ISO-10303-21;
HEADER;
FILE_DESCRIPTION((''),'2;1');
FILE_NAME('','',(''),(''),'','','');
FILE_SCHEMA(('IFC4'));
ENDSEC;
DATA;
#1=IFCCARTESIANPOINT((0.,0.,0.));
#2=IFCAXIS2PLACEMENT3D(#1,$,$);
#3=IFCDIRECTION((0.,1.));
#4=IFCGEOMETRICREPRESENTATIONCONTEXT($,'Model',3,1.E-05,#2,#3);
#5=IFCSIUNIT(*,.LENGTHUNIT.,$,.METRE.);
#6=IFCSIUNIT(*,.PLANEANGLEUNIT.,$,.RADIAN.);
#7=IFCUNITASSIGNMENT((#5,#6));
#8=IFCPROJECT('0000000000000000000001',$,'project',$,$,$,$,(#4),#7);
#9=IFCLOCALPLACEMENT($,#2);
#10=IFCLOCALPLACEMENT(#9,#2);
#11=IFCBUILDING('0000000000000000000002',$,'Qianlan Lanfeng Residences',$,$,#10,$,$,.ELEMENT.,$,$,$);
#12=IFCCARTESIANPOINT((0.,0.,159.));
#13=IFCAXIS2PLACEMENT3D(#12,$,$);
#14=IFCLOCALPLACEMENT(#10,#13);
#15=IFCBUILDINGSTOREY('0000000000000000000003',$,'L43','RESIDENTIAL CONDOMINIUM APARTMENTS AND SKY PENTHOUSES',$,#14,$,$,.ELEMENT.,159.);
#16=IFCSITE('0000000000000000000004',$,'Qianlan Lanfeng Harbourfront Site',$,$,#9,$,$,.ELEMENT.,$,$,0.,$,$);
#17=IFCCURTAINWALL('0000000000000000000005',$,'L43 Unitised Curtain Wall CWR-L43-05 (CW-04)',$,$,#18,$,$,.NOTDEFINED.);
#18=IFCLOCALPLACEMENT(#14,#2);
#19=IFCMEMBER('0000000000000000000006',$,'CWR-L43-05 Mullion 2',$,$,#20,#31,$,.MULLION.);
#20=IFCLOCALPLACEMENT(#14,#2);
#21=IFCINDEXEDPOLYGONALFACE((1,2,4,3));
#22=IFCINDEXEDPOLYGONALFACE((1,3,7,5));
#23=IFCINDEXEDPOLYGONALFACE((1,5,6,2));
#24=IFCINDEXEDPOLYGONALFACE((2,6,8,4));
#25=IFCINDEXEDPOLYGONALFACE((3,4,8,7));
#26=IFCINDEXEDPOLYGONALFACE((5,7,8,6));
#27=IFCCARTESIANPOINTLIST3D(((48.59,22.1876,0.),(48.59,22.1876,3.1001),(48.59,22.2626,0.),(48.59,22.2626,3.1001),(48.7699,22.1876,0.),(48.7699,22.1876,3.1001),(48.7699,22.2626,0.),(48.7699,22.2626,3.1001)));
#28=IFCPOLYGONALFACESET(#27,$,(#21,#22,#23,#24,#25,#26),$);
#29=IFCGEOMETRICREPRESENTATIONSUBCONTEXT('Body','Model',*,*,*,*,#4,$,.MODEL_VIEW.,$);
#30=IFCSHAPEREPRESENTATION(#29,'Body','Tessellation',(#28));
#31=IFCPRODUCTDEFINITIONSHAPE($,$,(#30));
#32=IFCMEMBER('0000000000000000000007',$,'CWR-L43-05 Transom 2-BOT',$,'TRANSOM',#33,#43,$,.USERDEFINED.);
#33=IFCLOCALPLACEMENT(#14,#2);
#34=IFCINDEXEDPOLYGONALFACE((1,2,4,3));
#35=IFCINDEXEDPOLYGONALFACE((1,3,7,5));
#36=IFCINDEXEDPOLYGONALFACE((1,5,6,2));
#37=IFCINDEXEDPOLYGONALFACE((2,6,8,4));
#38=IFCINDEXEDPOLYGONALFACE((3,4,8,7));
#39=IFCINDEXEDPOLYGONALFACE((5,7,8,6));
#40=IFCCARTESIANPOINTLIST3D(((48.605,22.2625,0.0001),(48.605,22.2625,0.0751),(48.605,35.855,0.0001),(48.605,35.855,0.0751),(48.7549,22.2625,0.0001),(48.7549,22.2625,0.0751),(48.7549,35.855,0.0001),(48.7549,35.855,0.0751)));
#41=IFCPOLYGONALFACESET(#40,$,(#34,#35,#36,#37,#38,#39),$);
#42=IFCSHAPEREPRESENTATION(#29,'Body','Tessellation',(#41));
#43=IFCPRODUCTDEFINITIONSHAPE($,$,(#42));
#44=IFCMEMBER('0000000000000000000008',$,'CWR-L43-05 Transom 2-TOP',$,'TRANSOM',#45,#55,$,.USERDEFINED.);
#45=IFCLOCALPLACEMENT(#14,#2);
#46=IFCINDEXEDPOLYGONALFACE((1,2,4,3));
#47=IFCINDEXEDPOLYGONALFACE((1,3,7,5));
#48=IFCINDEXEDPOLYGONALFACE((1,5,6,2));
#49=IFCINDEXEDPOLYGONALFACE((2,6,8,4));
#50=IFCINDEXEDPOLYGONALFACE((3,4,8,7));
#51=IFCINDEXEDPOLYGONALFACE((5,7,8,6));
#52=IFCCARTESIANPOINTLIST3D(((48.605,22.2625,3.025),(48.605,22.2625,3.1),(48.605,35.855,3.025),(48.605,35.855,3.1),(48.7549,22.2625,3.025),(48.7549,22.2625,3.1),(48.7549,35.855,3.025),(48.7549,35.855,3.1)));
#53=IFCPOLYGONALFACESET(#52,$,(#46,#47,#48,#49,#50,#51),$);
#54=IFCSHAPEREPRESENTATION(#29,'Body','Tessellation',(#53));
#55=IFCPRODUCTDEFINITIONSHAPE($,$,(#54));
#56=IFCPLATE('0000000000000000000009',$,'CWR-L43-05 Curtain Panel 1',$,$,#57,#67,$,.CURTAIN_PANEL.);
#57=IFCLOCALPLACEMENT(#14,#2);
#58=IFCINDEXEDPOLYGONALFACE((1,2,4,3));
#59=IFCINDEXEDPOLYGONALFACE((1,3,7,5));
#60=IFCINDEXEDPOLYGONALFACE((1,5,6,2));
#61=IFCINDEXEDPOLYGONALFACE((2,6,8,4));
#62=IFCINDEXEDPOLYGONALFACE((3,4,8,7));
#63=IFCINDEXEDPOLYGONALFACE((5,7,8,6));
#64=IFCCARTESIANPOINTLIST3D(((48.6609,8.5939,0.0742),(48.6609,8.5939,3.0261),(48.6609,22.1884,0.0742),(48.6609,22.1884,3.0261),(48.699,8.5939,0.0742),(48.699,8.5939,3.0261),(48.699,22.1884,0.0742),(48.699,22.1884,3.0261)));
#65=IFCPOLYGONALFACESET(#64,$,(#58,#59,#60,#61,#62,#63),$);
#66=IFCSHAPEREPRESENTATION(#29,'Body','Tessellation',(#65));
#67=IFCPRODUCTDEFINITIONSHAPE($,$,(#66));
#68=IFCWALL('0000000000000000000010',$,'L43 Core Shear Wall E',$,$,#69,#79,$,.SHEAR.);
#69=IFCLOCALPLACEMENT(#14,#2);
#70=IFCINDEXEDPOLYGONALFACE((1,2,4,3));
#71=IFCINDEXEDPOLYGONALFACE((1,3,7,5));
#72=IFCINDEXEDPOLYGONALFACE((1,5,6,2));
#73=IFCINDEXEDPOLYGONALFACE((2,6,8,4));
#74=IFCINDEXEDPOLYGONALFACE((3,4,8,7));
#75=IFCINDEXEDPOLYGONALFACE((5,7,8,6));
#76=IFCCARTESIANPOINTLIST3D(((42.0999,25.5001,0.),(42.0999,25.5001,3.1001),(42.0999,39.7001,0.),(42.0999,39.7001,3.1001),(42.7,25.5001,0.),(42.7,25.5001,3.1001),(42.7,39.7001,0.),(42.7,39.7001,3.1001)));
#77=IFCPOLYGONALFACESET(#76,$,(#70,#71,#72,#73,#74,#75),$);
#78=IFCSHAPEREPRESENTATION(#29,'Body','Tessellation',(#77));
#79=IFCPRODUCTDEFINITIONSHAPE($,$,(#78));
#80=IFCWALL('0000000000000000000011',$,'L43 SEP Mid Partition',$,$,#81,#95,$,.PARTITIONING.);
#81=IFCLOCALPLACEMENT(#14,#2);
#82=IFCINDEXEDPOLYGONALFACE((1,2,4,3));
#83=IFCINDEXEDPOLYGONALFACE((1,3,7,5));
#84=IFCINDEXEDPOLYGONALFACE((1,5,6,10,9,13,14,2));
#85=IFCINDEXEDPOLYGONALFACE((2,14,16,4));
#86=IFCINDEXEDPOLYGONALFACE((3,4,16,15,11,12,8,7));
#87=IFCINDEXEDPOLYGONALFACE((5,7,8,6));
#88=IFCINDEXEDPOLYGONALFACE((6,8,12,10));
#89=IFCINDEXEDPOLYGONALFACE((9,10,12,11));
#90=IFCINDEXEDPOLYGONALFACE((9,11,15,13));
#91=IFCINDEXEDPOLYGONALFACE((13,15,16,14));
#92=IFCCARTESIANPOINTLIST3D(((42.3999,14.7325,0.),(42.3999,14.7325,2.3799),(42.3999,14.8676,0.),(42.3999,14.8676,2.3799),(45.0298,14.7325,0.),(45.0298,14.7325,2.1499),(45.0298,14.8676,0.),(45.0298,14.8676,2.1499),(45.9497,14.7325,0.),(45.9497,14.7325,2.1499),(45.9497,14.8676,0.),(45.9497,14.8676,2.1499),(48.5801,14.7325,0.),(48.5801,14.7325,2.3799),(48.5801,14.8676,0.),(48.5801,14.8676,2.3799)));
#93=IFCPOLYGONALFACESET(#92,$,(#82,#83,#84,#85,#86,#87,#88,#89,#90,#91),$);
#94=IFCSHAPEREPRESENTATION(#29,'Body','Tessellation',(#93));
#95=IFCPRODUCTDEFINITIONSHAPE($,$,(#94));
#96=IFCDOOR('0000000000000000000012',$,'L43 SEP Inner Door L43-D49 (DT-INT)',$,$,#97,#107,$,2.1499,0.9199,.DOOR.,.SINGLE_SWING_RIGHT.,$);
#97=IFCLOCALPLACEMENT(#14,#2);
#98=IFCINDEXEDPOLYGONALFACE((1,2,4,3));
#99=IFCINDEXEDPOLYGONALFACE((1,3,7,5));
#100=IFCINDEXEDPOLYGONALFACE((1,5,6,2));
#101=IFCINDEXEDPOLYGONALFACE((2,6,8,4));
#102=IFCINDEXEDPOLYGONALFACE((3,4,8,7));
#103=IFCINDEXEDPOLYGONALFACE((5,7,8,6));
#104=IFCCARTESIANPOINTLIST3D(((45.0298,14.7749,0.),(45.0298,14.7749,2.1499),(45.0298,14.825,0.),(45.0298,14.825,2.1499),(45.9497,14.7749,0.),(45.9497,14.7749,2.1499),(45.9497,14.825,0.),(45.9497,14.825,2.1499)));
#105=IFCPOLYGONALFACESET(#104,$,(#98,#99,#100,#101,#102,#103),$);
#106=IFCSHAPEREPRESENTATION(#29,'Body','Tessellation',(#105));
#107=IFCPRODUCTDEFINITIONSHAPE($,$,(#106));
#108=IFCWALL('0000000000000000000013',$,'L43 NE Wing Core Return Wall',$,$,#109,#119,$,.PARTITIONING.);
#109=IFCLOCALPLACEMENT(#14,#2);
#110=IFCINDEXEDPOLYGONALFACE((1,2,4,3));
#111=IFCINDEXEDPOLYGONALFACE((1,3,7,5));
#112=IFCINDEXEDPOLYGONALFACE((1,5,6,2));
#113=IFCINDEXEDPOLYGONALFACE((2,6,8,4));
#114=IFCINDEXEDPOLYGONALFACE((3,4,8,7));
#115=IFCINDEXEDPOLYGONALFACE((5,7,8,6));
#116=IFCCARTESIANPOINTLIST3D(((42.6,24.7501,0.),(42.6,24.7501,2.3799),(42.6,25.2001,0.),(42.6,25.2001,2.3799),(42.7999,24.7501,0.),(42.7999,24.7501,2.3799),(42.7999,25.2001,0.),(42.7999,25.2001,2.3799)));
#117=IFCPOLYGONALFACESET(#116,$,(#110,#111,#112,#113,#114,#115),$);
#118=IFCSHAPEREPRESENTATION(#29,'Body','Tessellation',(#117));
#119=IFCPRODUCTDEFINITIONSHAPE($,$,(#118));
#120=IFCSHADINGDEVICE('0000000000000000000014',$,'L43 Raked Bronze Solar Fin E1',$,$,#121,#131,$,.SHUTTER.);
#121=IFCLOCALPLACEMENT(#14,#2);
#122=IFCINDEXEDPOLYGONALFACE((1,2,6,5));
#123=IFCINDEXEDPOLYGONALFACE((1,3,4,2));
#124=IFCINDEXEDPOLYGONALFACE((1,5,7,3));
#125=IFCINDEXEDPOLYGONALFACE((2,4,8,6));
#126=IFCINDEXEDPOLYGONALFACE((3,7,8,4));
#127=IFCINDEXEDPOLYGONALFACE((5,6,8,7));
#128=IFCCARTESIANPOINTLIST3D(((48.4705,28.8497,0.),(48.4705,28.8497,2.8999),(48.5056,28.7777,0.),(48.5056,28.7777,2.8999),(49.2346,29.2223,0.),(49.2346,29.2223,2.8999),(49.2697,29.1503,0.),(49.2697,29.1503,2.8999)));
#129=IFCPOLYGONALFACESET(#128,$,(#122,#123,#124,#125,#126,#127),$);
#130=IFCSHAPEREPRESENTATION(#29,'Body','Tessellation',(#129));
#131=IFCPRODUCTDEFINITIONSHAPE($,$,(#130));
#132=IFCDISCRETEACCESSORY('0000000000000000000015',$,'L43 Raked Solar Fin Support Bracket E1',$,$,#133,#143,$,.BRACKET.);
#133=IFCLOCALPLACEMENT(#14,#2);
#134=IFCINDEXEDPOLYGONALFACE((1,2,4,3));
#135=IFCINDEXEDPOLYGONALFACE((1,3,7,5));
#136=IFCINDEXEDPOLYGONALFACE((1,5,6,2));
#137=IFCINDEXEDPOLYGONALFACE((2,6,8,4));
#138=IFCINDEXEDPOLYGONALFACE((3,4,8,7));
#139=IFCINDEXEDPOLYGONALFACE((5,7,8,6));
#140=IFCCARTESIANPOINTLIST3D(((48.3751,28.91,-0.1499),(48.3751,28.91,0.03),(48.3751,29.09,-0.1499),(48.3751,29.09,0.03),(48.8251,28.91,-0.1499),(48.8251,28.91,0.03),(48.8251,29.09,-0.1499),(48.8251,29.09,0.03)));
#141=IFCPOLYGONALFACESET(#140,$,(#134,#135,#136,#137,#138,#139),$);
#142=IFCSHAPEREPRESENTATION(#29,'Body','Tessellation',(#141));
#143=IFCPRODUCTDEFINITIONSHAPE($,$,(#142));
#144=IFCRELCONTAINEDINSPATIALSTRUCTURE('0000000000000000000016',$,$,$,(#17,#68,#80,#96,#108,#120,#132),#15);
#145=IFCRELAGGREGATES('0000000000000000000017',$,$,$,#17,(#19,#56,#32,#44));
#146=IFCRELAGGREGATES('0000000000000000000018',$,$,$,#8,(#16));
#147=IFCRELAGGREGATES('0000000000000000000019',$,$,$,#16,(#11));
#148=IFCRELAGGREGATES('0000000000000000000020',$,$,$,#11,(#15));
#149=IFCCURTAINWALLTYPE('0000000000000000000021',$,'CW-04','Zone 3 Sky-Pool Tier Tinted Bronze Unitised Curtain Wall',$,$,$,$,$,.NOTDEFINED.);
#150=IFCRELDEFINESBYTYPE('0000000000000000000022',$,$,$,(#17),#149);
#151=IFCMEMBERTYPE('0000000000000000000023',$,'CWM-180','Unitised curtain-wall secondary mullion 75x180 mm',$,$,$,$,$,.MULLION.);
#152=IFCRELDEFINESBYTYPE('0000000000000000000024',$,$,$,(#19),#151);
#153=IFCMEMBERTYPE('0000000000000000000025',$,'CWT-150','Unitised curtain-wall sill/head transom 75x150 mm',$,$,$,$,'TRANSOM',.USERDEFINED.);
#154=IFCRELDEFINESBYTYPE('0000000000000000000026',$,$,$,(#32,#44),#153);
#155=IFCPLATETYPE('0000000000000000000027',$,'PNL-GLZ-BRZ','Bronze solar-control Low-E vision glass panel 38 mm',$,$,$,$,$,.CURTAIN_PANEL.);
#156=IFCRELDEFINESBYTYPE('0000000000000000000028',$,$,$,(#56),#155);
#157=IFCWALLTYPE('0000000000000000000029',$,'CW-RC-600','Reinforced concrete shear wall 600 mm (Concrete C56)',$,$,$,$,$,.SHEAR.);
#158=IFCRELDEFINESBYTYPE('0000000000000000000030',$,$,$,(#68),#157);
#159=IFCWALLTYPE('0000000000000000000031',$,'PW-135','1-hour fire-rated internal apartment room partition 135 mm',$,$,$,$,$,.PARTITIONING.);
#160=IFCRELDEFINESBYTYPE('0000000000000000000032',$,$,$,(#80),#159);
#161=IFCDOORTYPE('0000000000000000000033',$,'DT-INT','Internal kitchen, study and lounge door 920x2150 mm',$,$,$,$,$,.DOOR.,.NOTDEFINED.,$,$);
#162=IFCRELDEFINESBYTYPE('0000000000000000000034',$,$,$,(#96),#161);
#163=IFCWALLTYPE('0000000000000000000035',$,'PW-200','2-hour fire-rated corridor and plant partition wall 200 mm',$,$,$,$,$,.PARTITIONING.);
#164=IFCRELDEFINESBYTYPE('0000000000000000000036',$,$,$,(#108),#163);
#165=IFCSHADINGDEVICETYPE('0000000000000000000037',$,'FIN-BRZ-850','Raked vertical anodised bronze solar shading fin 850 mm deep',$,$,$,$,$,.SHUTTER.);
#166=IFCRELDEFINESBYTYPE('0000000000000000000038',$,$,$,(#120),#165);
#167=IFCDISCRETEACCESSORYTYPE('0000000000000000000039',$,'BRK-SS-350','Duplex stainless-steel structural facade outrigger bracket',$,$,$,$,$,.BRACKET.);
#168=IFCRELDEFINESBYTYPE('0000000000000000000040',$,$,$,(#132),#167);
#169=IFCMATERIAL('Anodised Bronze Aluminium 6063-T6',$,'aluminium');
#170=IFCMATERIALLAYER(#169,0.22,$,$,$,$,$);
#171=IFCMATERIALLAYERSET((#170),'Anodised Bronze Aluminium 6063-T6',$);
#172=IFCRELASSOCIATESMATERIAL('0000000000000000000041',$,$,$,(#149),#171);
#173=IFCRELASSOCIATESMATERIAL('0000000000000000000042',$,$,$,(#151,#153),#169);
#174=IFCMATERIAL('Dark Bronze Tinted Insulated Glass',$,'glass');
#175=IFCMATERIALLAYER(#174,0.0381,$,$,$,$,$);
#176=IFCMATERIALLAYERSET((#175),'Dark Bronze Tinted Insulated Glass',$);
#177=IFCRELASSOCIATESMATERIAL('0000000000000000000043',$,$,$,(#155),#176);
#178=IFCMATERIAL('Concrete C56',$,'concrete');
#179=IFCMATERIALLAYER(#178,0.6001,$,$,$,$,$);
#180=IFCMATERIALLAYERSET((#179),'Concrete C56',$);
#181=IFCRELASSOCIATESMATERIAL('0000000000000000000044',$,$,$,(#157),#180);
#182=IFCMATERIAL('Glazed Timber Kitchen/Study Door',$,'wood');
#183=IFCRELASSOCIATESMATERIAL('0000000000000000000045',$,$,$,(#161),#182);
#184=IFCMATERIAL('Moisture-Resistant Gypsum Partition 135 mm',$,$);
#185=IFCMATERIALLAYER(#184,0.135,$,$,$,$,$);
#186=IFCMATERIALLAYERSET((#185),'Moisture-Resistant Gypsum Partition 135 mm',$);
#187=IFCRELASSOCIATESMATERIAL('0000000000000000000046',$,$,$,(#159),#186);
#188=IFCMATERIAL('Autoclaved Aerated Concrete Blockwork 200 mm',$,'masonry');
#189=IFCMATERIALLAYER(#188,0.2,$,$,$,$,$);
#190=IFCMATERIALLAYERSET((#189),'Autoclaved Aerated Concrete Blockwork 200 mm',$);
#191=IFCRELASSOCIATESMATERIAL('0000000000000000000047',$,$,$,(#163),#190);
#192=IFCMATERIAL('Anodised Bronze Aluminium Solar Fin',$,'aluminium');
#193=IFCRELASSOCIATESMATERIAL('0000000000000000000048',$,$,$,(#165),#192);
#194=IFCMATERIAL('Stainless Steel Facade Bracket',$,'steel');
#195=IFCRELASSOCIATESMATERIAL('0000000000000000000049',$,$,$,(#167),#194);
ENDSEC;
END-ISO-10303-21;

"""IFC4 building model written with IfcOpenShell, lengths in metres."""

from ifc_helpers import new_model, si_unit, direction, frame, frame_2d, origin, origin_2d, place, context, subcontext, project, spatial, rectangle, extrude, source, transform, mapped, material, layer, layer_set, material_profile, profile_set, type_object, element, fill, aggregate, save


model = new_model("IFC4")

# Units and contexts
model_context = context("Model", 3, precision=1e-05, world=origin(), true_north=direction((0.0, 1.0)))
body_context = subcontext(model_context, "Body", "Model", "MODEL_VIEW")
ifc_project = project(units=[si_unit("LENGTHUNIT", "METRE"), si_unit("PLANEANGLEUNIT", "RADIAN")], contexts=[model_context])

# Site, building, storey
site_placement = place(None, origin())
site = spatial("IfcSite", under=ifc_project, at=site_placement, Name="Qianlan Lanfeng Harbourfront Site", CompositionType="ELEMENT", RefElevation=0.0)
building_placement = place(site_placement, origin())
building = spatial("IfcBuilding", under=site, at=building_placement, Name="Qianlan Lanfeng Residences", CompositionType="ELEMENT")
storey_placement = place(building_placement, frame((0.0, 0.0, 159.0)))
storey = spatial("IfcBuildingStorey", under=building, at=storey_placement, Name="L43", Description="RESIDENTIAL CONDOMINIUM APARTMENTS AND SKY PENTHOUSES", CompositionType="ELEMENT", Elevation=159.0)

# Curtain wall, members, plate
ifc_material_1 = material(Name="Anodised Bronze Aluminium 6063-T6", Category="aluminium")
ifc_layer_1 = layer(ifc_material_1, 0.22)
ifc_layer_set_1 = layer_set([ifc_layer_1], Name="Anodised Bronze Aluminium 6063-T6")
curtain_wall_type = type_object("IfcCurtainWallType", Name="CW-04", Description="Zone 3 Sky-Pool Tier Tinted Bronze Unitised Curtain Wall", PredefinedType="NOTDEFINED", material=ifc_layer_set_1)
curtain_wall_placement = place(storey_placement, origin())
curtain_wall = element("IfcCurtainWall", 1, at=curtain_wall_placement, inside=storey, type_object=curtain_wall_type, Name="L43 Unitised Curtain Wall CWR-L43-05 (CW-04)", PredefinedType="NOTDEFINED")
ifc_material_profile_1 = material_profile(ifc_material_1, rectangle(XDim=0.075, YDim=0.1799, at=origin_2d()), Name="ALU MULLION 75x180")
ifc_profile_set_1 = profile_set([ifc_material_profile_1], Name="Anodised Bronze Aluminium 6063-T6")
member_type_1 = type_object("IfcMemberType", Name="CWM-180", Description="Unitised curtain-wall secondary mullion 75x180 mm", PredefinedType="MULLION", material=ifc_profile_set_1)
shared_shape_1 = source(origin(), body_context, "Body", "SweptSolid", [
    extrude(rectangle(XDim=0.075, YDim=0.1799, at=origin_2d()), origin(), (0.0, 0.0, 1.0), 3.1001),
])
member_1_placement = place(storey_placement, frame((48.6799, 22.2251, 0.0), z_axis=(0.0, 0.0, 1.0), x_axis=(0.0, 1.0, 0.0)))
member_1 = element("IfcMember", 2, at=member_1_placement, type_object=member_type_1, Name="CWR-L43-05 Mullion 2", PredefinedType="MULLION", context=body_context, shape_type="MappedRepresentation", body=[
    mapped(shared_shape_1, transform((0.0, 0.0, 0.0), scale=1.0)),
])
ifc_material_profile_2 = material_profile(ifc_material_1, rectangle(XDim=0.075, YDim=0.1499, at=origin_2d()), Name="ALU TRANSOM 75x150")
ifc_profile_set_2 = profile_set([ifc_material_profile_2], Name="Anodised Bronze Aluminium 6063-T6")
member_type_2 = type_object("IfcMemberType", Name="CWT-150", Description="Unitised curtain-wall sill/head transom 75x150 mm", ElementType="TRANSOM", PredefinedType="USERDEFINED", material=ifc_profile_set_2)
shared_shape_2 = source(origin(), body_context, "Body", "SweptSolid", [
    extrude(rectangle(XDim=0.075, YDim=0.1499, at=origin_2d()), origin(), (0.0, 0.0, 1.0), 13.5925),
])
member_2_placement = place(storey_placement, frame((48.6799, 22.2625, 0.0376), z_axis=(0.0, 1.0, 0.0), x_axis=(0.0, 0.0, 1.0)))
member_2 = element("IfcMember", 3, at=member_2_placement, type_object=member_type_2, Name="CWR-L43-05 Transom 2-BOT", ObjectType="TRANSOM", PredefinedType="USERDEFINED", context=body_context, shape_type="MappedRepresentation", body=[
    mapped(shared_shape_2, transform((0.0, 0.0, 0.0), scale=1.0)),
])
member_3_placement = place(storey_placement, frame((48.6799, 22.2625, 3.0625), z_axis=(0.0, 1.0, 0.0), x_axis=(0.0, 0.0, 1.0)))
member_3 = element("IfcMember", 4, at=member_3_placement, type_object=member_type_2, Name="CWR-L43-05 Transom 2-TOP", ObjectType="TRANSOM", PredefinedType="USERDEFINED", context=body_context, shape_type="MappedRepresentation", body=[
    mapped(shared_shape_2, transform((0.0, 0.0, 0.0), scale=1.0)),
])
ifc_material_2 = material(Name="Dark Bronze Tinted Insulated Glass", Category="glass")
ifc_layer_2 = layer(ifc_material_2, 0.0381)
ifc_layer_set_2 = layer_set([ifc_layer_2], Name="Dark Bronze Tinted Insulated Glass")
plate_type = type_object("IfcPlateType", Name="PNL-GLZ-BRZ", Description="Bronze solar-control Low-E vision glass panel 38 mm", PredefinedType="CURTAIN_PANEL", material=ifc_layer_set_2)
shared_shape_3 = source(origin(), body_context, "Body", "SweptSolid", [
    extrude(rectangle(XDim=13.5945, YDim=0.0381, at=origin_2d()), origin(), (0.0, 0.0, 1.0), 2.9519),
])
plate_placement = place(storey_placement, frame((48.6799, 15.3911, 0.0742), z_axis=(0.0, 0.0, 1.0), x_axis=(0.0, 1.0, 0.0)))
plate = element("IfcPlate", 5, at=plate_placement, type_object=plate_type, Name="CWR-L43-05 Curtain Panel 1", PredefinedType="CURTAIN_PANEL", context=body_context, shape_type="MappedRepresentation", body=[
    mapped(shared_shape_3, transform((0.0, 0.0, 0.0), scale=1.0)),
])
aggregate(curtain_wall, [member_1, plate, member_2, member_3])

# Wall
ifc_material_3 = material(Name="Concrete C56", Category="concrete")
ifc_layer_3 = layer(ifc_material_3, 0.6001)
ifc_layer_set_3 = layer_set([ifc_layer_3], Name="Concrete C56")
wall_type_1 = type_object("IfcWallType", Name="CW-RC-600", Description="Reinforced concrete shear wall 600 mm (Concrete C56)", PredefinedType="SHEAR", material=ifc_layer_set_3)
wall_1_placement = place(storey_placement, frame((42.3999, 25.5, 0.0), z_axis=(0.0, 0.0, 1.0), x_axis=(0.0, 1.0, 0.0)))
element("IfcWall", 6, at=wall_1_placement, inside=storey, type_object=wall_type_1, Name="L43 Core Shear Wall E", PredefinedType="SHEAR", context=body_context, shape_type="SweptSolid", body=[
    extrude(rectangle(XDim=14.2, YDim=0.6001, at=frame_2d((7.1001, 0.0))), origin(), (0.0, 0.0, 1.0), 3.1001),
])

# Wall, opening, door
ifc_material_4 = material(Name="Glazed Timber Kitchen/Study Door", Category="wood")
door_type = type_object("IfcDoorType", Name="DT-INT", Description="Internal kitchen, study and lounge door 920x2150 mm", OperationType="NOTDEFINED", PredefinedType="DOOR", material=ifc_material_4)
ifc_material_5 = material(Name="Moisture-Resistant Gypsum Partition 135 mm")
ifc_layer_4 = layer(ifc_material_5, 0.135)
ifc_layer_set_4 = layer_set([ifc_layer_4], Name="Moisture-Resistant Gypsum Partition 135 mm")
wall_type_2 = type_object("IfcWallType", Name="PW-135", Description="1-hour fire-rated internal apartment room partition 135 mm", PredefinedType="PARTITIONING", material=ifc_layer_set_4)
wall_2_placement = place(storey_placement, frame((42.3999, 14.8, 0.0), z_axis=(0.0, 0.0, 1.0), x_axis=(1.0, 0.0, 0.0)))
wall_2 = element("IfcWall", 7, at=wall_2_placement, inside=storey, type_object=wall_type_2, Name="L43 SEP Mid Partition", PredefinedType="PARTITIONING", context=body_context, shape_type="SweptSolid", body=[
    extrude(rectangle(XDim=6.1802, YDim=0.135, at=frame_2d((3.0901, 0.0))), origin(), (0.0, 0.0, 1.0), 2.3799),
])
opening_1_placement = place(wall_2_placement, frame((2.6299, 0.0, 0.0)))
opening_1 = element("IfcOpeningElement", 8, at=opening_1_placement, cuts=wall_2, PredefinedType="OPENING", context=body_context, shape_type="SweptSolid", body=[
    extrude(rectangle(XDim=0.9199, YDim=2.1499, at=frame_2d((0.46, 1.075))), frame((0.0, 0.0776, 0.0), z_axis=(0.0, -1.0, 0.0), x_axis=(1.0, 0.0, 0.0)), (0.0, 0.0, 1.0), 0.155),
])
door_1_placement = place(opening_1_placement, origin())
door_1 = element("IfcDoor", 9, at=door_1_placement, inside=storey, type_object=door_type, Name="L43 SEP Inner Door L43-D49 (DT-INT)", OperationType="SINGLE_SWING_RIGHT", OverallHeight=2.1499, OverallWidth=0.9199, PredefinedType="DOOR", context=body_context, shape_type="SweptSolid", body=[
    extrude(rectangle(XDim=0.9199, YDim=2.1499, at=frame_2d((0.46, 1.075))), frame((0.0, 0.0249, 0.0), z_axis=(0.0, -1.0, 0.0), x_axis=(1.0, 0.0, 0.0)), (0.0, 0.0, 1.0), 0.05),
])
fill(opening_1, door_1)
ifc_material_6 = material(Name="Autoclaved Aerated Concrete Blockwork 200 mm", Category="masonry")
ifc_layer_5 = layer(ifc_material_6, 0.2)
ifc_layer_set_5 = layer_set([ifc_layer_5], Name="Autoclaved Aerated Concrete Blockwork 200 mm")
wall_type_3 = type_object("IfcWallType", Name="PW-200", Description="2-hour fire-rated corridor and plant partition wall 200 mm", PredefinedType="PARTITIONING", material=ifc_layer_set_5)

# Wall
wall_3_placement = place(storey_placement, frame((42.7, 24.75, 0.0), z_axis=(0.0, 0.0, 1.0), x_axis=(0.0, 1.0, 0.0)))
element("IfcWall", 10, at=wall_3_placement, inside=storey, type_object=wall_type_3, Name="L43 NE Wing Core Return Wall", PredefinedType="PARTITIONING", context=body_context, shape_type="SweptSolid", body=[
    extrude(rectangle(XDim=0.45, YDim=0.2, at=frame_2d((0.2251, 0.0))), origin(), (0.0, 0.0, 1.0), 2.3799),
])

# Shading device
ifc_material_7 = material(Name="Anodised Bronze Aluminium Solar Fin", Category="aluminium")
shading_device_type = type_object("IfcShadingDeviceType", Name="FIN-BRZ-850", Description="Raked vertical anodised bronze solar shading fin 850 mm deep", PredefinedType="SHUTTER", material=ifc_material_7)
shared_shape_4 = source(origin(), body_context, "Body", "SweptSolid", [
    extrude(rectangle(XDim=0.8501, YDim=0.0801, at=origin_2d()), origin(), (0.0, 0.0, 1.0), 2.8999),
])
shading_device_placement = place(storey_placement, frame((48.8701, 29.0, 0.0), z_axis=(0.0, 0.0, 1.0), x_axis=(0.898794, 0.438371, 0.0)))
element("IfcShadingDevice", 11, at=shading_device_placement, inside=storey, type_object=shading_device_type, Name="L43 Raked Bronze Solar Fin E1", PredefinedType="SHUTTER", context=body_context, shape_type="MappedRepresentation", body=[
    mapped(shared_shape_4, transform((0.0, 0.0, 0.0), scale=1.0)),
])

# Discrete accessory
ifc_material_8 = material(Name="Stainless Steel Facade Bracket", Category="steel")
discrete_accessory_type = type_object("IfcDiscreteAccessoryType", Name="BRK-SS-350", Description="Duplex stainless-steel structural facade outrigger bracket", PredefinedType="BRACKET", material=ifc_material_8)
shared_shape_5 = source(origin(), body_context, "Body", "SweptSolid", [
    extrude(rectangle(XDim=0.45, YDim=0.1799, at=origin_2d()), origin(), (0.0, 0.0, 1.0), 0.1799),
])
discrete_accessory_placement = place(storey_placement, frame((48.6001, 29.0, -0.1499), z_axis=(0.0, 0.0, 1.0), x_axis=(1.0, 0.0, 0.0)))
element("IfcDiscreteAccessory", 12, at=discrete_accessory_placement, inside=storey, type_object=discrete_accessory_type, Name="L43 Raked Solar Fin Support Bracket E1", PredefinedType="BRACKET", context=body_context, shape_type="MappedRepresentation", body=[
    mapped(shared_shape_5, transform((0.0, 0.0, 0.0), scale=1.0)),
])

save(model, "model.ifc")
